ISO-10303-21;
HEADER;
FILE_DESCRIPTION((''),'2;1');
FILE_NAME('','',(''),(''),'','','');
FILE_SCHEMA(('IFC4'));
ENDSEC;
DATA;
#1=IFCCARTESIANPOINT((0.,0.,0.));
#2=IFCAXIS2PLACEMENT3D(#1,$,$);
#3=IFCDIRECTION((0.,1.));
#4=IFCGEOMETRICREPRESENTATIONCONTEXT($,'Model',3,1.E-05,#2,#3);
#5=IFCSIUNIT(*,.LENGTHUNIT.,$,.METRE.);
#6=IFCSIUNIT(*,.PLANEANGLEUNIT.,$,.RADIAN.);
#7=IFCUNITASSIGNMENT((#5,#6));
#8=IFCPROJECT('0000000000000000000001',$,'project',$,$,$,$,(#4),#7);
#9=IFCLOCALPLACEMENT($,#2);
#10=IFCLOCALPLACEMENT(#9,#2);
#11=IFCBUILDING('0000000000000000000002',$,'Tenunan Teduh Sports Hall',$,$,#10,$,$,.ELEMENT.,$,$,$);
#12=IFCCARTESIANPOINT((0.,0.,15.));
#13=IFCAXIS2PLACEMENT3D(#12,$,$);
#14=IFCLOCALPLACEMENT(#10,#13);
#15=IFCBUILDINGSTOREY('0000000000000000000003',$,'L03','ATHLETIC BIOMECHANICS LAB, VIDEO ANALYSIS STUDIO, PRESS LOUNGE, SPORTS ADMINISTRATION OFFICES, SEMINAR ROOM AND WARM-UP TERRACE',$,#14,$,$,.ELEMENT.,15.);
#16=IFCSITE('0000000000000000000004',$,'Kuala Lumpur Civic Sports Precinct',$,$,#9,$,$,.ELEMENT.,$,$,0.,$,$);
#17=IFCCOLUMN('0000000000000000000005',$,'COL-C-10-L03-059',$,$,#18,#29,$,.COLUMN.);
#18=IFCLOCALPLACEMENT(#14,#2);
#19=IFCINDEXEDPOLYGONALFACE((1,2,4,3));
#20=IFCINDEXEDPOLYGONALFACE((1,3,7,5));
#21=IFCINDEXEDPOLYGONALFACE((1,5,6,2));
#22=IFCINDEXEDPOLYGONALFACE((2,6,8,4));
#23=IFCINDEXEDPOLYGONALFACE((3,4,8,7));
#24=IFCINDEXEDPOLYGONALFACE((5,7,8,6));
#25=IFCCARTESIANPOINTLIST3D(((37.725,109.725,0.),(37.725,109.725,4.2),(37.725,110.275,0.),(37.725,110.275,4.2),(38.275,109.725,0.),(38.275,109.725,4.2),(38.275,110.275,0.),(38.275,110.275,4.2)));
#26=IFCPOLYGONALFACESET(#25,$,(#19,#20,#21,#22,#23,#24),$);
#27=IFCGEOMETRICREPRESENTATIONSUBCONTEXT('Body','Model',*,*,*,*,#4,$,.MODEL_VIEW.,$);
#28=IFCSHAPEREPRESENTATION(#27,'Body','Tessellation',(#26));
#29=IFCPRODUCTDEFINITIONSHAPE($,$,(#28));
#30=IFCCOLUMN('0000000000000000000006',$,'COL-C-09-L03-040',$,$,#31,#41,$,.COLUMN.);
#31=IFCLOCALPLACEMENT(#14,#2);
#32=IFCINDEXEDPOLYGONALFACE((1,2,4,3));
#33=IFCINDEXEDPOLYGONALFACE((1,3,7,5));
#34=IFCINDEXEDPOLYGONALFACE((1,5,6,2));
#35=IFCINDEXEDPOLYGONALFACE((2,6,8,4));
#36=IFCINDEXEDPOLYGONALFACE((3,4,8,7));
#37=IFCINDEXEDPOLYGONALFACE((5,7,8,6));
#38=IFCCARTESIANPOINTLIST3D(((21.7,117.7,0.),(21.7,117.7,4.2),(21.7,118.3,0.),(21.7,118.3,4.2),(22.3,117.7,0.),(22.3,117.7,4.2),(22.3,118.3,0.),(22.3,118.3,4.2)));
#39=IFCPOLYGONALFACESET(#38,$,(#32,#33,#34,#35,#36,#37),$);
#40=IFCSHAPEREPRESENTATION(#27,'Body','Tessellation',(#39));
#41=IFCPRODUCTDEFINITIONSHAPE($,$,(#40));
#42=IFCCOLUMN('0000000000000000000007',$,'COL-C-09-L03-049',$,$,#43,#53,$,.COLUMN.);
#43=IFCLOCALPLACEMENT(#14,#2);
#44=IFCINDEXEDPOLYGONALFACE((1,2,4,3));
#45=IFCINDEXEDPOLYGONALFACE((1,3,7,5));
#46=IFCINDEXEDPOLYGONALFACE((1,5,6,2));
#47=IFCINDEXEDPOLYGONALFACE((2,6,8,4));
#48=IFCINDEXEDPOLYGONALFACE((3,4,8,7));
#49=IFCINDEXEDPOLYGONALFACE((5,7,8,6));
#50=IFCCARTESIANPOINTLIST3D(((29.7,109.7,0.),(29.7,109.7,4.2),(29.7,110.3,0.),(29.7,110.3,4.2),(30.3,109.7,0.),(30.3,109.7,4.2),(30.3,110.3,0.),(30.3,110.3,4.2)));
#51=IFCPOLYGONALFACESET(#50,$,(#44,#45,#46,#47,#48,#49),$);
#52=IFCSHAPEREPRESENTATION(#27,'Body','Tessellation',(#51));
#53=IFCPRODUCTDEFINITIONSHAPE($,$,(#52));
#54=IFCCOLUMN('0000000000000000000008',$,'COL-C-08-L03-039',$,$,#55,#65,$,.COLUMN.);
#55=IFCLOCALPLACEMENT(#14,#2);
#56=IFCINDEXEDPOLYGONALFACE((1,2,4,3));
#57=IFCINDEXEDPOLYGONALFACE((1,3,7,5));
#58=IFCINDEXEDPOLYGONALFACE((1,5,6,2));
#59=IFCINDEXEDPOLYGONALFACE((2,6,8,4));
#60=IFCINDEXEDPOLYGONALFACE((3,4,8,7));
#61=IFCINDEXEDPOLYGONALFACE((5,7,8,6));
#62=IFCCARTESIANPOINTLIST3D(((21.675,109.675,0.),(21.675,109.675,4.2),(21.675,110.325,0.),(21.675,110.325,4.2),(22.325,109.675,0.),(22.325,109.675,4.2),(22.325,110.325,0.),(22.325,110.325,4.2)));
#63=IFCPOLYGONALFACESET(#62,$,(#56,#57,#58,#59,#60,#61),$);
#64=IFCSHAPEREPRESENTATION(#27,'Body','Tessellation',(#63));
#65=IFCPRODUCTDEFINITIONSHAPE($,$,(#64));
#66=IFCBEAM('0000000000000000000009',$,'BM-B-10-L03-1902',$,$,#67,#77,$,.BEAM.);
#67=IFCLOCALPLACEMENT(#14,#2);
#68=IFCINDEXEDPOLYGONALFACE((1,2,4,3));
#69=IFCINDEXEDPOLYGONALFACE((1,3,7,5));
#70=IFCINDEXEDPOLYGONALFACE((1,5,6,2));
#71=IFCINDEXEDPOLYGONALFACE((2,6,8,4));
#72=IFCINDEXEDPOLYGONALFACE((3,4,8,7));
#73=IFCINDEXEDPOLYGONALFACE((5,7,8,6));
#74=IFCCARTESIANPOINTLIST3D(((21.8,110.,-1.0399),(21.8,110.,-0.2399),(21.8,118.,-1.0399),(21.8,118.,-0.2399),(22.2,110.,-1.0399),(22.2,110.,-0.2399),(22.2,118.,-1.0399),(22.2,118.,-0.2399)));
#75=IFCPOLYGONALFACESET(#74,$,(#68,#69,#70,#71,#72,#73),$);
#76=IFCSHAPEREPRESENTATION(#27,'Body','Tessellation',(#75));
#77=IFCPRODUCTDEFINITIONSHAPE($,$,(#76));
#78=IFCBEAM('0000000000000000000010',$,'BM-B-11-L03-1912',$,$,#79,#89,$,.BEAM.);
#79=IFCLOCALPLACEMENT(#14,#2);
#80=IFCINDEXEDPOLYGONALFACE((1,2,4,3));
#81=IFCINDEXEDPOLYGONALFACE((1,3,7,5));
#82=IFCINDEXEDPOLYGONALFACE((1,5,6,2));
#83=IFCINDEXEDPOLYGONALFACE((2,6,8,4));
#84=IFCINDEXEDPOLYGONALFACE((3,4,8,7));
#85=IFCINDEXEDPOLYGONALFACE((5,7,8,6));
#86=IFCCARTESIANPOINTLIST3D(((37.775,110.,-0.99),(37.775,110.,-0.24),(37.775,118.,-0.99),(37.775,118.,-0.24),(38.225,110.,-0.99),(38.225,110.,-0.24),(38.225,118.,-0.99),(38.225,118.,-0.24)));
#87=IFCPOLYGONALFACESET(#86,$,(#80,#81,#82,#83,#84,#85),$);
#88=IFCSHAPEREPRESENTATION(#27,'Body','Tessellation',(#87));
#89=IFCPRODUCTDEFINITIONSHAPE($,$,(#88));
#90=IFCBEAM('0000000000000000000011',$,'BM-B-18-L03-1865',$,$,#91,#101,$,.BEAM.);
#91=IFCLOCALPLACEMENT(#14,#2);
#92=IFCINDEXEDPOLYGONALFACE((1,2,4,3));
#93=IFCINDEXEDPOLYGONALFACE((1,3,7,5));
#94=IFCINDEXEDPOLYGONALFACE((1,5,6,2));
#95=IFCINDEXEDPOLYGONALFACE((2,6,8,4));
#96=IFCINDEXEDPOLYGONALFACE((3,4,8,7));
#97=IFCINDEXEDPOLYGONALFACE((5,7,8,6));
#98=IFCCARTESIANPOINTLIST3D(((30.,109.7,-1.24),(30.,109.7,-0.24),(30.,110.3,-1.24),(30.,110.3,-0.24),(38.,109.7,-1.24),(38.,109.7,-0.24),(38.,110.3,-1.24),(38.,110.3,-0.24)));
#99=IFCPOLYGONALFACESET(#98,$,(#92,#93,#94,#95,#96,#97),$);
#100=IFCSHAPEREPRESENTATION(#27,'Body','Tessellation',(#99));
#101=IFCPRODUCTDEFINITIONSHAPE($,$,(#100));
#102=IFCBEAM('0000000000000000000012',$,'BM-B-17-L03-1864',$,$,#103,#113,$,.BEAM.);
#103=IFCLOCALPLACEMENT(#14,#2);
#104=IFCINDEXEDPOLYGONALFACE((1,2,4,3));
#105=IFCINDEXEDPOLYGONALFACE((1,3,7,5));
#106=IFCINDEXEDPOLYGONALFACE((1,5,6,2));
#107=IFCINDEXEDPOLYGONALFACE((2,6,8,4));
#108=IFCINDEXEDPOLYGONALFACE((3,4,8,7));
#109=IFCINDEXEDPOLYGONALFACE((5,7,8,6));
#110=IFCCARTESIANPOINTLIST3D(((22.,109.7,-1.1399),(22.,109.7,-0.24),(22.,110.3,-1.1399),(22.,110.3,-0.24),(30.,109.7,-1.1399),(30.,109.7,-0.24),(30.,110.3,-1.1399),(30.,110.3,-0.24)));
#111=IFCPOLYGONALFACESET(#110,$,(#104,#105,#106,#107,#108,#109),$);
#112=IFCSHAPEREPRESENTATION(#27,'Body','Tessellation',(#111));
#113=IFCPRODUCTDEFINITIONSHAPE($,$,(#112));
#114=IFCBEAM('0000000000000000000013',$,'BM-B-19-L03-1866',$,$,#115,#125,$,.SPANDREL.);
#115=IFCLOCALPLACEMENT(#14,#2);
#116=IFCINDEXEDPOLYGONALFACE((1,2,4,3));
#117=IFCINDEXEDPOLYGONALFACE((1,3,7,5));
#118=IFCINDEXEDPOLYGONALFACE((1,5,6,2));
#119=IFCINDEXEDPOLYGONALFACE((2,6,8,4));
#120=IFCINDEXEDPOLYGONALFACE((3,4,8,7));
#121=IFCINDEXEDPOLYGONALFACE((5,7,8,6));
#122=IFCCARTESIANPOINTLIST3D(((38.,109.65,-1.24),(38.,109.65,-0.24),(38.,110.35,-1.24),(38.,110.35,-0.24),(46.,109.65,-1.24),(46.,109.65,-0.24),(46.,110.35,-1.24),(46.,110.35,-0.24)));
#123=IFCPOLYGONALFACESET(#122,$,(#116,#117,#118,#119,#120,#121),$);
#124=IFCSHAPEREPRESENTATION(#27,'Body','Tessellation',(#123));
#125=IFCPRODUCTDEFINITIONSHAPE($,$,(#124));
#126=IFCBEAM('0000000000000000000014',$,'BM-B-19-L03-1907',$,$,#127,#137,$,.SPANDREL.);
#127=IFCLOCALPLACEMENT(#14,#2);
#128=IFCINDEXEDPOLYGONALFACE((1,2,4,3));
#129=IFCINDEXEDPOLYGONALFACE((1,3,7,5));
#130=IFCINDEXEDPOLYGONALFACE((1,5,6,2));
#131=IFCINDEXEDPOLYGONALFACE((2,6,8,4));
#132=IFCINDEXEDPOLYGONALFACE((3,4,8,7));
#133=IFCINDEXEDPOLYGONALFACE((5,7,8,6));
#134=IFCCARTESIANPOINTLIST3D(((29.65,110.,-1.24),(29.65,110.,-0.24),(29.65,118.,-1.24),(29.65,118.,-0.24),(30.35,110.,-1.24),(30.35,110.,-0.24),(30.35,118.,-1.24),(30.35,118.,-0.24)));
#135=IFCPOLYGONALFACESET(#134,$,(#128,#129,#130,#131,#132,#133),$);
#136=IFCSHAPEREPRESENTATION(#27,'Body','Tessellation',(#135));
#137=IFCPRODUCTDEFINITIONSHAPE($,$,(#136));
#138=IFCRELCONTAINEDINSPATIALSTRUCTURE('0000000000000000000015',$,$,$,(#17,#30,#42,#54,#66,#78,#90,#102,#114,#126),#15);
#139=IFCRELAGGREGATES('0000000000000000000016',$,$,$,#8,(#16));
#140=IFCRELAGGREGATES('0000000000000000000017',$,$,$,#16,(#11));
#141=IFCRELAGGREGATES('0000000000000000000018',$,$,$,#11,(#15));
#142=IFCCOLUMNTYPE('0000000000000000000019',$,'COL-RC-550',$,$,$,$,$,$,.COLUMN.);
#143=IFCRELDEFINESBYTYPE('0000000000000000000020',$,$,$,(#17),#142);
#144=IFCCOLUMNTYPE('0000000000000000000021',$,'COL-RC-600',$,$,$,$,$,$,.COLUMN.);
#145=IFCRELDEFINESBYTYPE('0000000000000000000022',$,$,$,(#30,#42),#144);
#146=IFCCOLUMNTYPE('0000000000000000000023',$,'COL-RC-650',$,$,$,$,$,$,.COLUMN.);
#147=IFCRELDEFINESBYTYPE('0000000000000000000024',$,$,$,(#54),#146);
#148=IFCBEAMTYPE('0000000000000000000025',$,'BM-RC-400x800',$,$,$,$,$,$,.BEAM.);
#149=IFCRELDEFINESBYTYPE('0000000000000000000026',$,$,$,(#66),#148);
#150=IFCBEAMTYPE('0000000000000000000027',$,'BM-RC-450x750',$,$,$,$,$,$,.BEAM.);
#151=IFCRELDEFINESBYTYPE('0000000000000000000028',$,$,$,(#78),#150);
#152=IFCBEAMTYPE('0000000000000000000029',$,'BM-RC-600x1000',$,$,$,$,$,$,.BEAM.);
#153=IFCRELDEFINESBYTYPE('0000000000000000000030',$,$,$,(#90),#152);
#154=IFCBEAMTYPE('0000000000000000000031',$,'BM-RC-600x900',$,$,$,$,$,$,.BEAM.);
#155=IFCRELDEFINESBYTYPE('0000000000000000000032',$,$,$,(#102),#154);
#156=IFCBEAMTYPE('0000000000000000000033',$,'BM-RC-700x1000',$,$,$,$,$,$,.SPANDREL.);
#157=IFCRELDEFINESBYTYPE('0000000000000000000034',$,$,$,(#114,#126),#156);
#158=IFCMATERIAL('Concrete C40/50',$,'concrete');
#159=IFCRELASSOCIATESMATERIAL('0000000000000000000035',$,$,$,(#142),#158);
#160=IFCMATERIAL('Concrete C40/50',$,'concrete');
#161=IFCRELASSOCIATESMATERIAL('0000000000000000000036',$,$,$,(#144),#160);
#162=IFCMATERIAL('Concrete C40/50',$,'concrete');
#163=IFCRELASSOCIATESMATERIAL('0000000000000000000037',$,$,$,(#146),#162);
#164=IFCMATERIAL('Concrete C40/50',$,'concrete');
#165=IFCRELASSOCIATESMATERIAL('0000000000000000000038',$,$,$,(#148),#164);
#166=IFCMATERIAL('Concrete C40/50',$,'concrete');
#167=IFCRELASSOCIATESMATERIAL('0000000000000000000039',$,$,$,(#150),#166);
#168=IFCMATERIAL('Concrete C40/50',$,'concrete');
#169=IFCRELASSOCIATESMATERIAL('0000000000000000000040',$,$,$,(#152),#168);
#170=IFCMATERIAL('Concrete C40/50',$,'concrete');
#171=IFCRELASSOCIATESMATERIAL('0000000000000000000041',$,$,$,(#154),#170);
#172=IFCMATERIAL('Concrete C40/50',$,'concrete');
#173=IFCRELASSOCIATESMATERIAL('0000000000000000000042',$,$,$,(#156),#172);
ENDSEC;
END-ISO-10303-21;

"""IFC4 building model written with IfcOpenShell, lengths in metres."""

from ifc_helpers import new_model, si_unit, direction, frame, origin, origin_2d, place, context, subcontext, project, spatial, rectangle, extrude, material, material_profile, profile_set, type_object, element, save


model = new_model("IFC4")

# Units and contexts
model_context = context("Model", 3, precision=1e-05, world=origin(), true_north=direction((0.0, 1.0)))
body_context = subcontext(model_context, "Body", "Model", "MODEL_VIEW")
ifc_project = project(units=[si_unit("LENGTHUNIT", "METRE"), si_unit("PLANEANGLEUNIT", "RADIAN")], contexts=[model_context])

# Site, building, storey
site_placement = place(None, origin())
site = spatial("IfcSite", under=ifc_project, at=site_placement, Name="Kuala Lumpur Civic Sports Precinct", CompositionType="ELEMENT", RefElevation=0.0)
building_placement = place(site_placement, origin())
building = spatial("IfcBuilding", under=site, at=building_placement, Name="Tenunan Teduh Sports Hall", CompositionType="ELEMENT")
storey_placement = place(building_placement, frame((0.0, 0.0, 15.0)))
storey = spatial("IfcBuildingStorey", under=building, at=storey_placement, Name="L03", Description="ATHLETIC BIOMECHANICS LAB, VIDEO ANALYSIS STUDIO, PRESS LOUNGE, SPORTS ADMINISTRATION OFFICES, SEMINAR ROOM AND WARM-UP TERRACE", CompositionType="ELEMENT", Elevation=15.0)

# Columns
ifc_material_1 = material(Name="Concrete C40/50", Category="concrete")
ifc_material_profile_1 = material_profile(ifc_material_1, rectangle(XDim=0.55, YDim=0.55, at=origin_2d()), Name="RC 550x550")
ifc_profile_set_1 = profile_set([ifc_material_profile_1], Name="Concrete C40/50")
column_type_1 = type_object("IfcColumnType", Name="COL-RC-550", PredefinedType="COLUMN", material=ifc_profile_set_1)
column_1_placement = place(storey_placement, frame((38.0, 110.0, 0.0), z_axis=(0.0, 0.0, 1.0), x_axis=(1.0, 0.0, 0.0)))
element("IfcColumn", 1, at=column_1_placement, inside=storey, type_object=column_type_1, Name="COL-C-10-L03-059", PredefinedType="COLUMN", context=body_context, shape_type="SweptSolid", body=[
    extrude(rectangle(XDim=0.55, YDim=0.55, at=origin_2d()), origin(), (0.0, 0.0, 1.0), 4.2),
])
ifc_material_2 = material(Name="Concrete C40/50", Category="concrete")
ifc_material_profile_2 = material_profile(ifc_material_2, rectangle(XDim=0.6001, YDim=0.6001, at=origin_2d()), Name="RC 600x600")
ifc_profile_set_2 = profile_set([ifc_material_profile_2], Name="Concrete C40/50")
column_type_2 = type_object("IfcColumnType", Name="COL-RC-600", PredefinedType="COLUMN", material=ifc_profile_set_2)
for number, where, z_axis, x_axis, name in (
    (2, (22.0, 118.0, 0.0), (0.0, 0.0, 1.0), (1.0, 0.0, 0.0), "COL-C-09-L03-040"),
    (3, (30.0, 110.0, 0.0), (0.0, 0.0, 1.0), (1.0, 0.0, 0.0), "COL-C-09-L03-049"),
):
    element("IfcColumn", number, at=place(storey_placement, frame(where, z_axis=z_axis, x_axis=x_axis)), inside=storey, type_object=column_type_2, Name=name, PredefinedType="COLUMN", context=body_context, shape_type="SweptSolid", body=[
        extrude(rectangle(XDim=0.6001, YDim=0.6001, at=origin_2d()), origin(), (0.0, 0.0, 1.0), 4.2),
    ])
ifc_material_3 = material(Name="Concrete C40/50", Category="concrete")
ifc_material_profile_3 = material_profile(ifc_material_3, rectangle(XDim=0.6499, YDim=0.6499, at=origin_2d()), Name="RC 650x650")
ifc_profile_set_3 = profile_set([ifc_material_profile_3], Name="Concrete C40/50")
column_type_3 = type_object("IfcColumnType", Name="COL-RC-650", PredefinedType="COLUMN", material=ifc_profile_set_3)
column_2_placement = place(storey_placement, frame((22.0, 110.0, 0.0), z_axis=(0.0, 0.0, 1.0), x_axis=(1.0, 0.0, 0.0)))
element("IfcColumn", 4, at=column_2_placement, inside=storey, type_object=column_type_3, Name="COL-C-08-L03-039", PredefinedType="COLUMN", context=body_context, shape_type="SweptSolid", body=[
    extrude(rectangle(XDim=0.6499, YDim=0.6499, at=origin_2d()), origin(), (0.0, 0.0, 1.0), 4.2),
])

# Beams
ifc_material_4 = material(Name="Concrete C40/50", Category="concrete")
ifc_material_profile_4 = material_profile(ifc_material_4, rectangle(XDim=0.3999, YDim=0.8, at=origin_2d()), Name="RCB 400x800")
ifc_profile_set_4 = profile_set([ifc_material_profile_4], Name="Concrete C40/50")
beam_type_1 = type_object("IfcBeamType", Name="BM-RC-400x800", PredefinedType="BEAM", material=ifc_profile_set_4)
beam_1_placement = place(storey_placement, frame((22.0, 110.0, -0.6399), z_axis=(0.0, 1.0, 0.0), x_axis=(-1.0, 0.0, 0.0)))
element("IfcBeam", 5, at=beam_1_placement, inside=storey, type_object=beam_type_1, Name="BM-B-10-L03-1902", PredefinedType="BEAM", context=body_context, shape_type="SweptSolid", body=[
    extrude(rectangle(XDim=0.3999, YDim=0.8, at=origin_2d()), origin(), (0.0, 0.0, 1.0), 8.0),
])
ifc_material_5 = material(Name="Concrete C40/50", Category="concrete")
ifc_material_profile_5 = material_profile(ifc_material_5, rectangle(XDim=0.45, YDim=0.75, at=origin_2d()), Name="RCB 450x750")
ifc_profile_set_5 = profile_set([ifc_material_profile_5], Name="Concrete C40/50")
beam_type_2 = type_object("IfcBeamType", Name="BM-RC-450x750", PredefinedType="BEAM", material=ifc_profile_set_5)
beam_2_placement = place(storey_placement, frame((38.0, 110.0, -0.615), z_axis=(0.0, 1.0, 0.0), x_axis=(-1.0, 0.0, 0.0)))
element("IfcBeam", 6, at=beam_2_placement, inside=storey, type_object=beam_type_2, Name="BM-B-11-L03-1912", PredefinedType="BEAM", context=body_context, shape_type="SweptSolid", body=[
    extrude(rectangle(XDim=0.45, YDim=0.75, at=origin_2d()), origin(), (0.0, 0.0, 1.0), 8.0),
])
ifc_material_6 = material(Name="Concrete C40/50", Category="concrete")
ifc_material_profile_6 = material_profile(ifc_material_6, rectangle(XDim=0.6001, YDim=1.0, at=origin_2d()), Name="RCB 600x1000")
ifc_profile_set_6 = profile_set([ifc_material_profile_6], Name="Concrete C40/50")
beam_type_3 = type_object("IfcBeamType", Name="BM-RC-600x1000", PredefinedType="BEAM", material=ifc_profile_set_6)
beam_3_placement = place(storey_placement, frame((30.0, 110.0, -0.74), z_axis=(1.0, 0.0, 0.0), x_axis=(0.0, 1.0, 0.0)))
element("IfcBeam", 7, at=beam_3_placement, inside=storey, type_object=beam_type_3, Name="BM-B-18-L03-1865", PredefinedType="BEAM", context=body_context, shape_type="SweptSolid", body=[
    extrude(rectangle(XDim=0.6001, YDim=1.0, at=origin_2d()), origin(), (0.0, 0.0, 1.0), 8.0),
])
ifc_material_7 = material(Name="Concrete C40/50", Category="concrete")
ifc_material_profile_7 = material_profile(ifc_material_7, rectangle(XDim=0.6001, YDim=0.8999, at=origin_2d()), Name="RCB 600x900")
ifc_profile_set_7 = profile_set([ifc_material_profile_7], Name="Concrete C40/50")
beam_type_4 = type_object("IfcBeamType", Name="BM-RC-600x900", PredefinedType="BEAM", material=ifc_profile_set_7)
beam_4_placement = place(storey_placement, frame((22.0, 110.0, -0.6899), z_axis=(1.0, 0.0, 0.0), x_axis=(0.0, 1.0, 0.0)))
element("IfcBeam", 8, at=beam_4_placement, inside=storey, type_object=beam_type_4, Name="BM-B-17-L03-1864", PredefinedType="BEAM", context=body_context, shape_type="SweptSolid", body=[
    extrude(rectangle(XDim=0.6001, YDim=0.8999, at=origin_2d()), origin(), (0.0, 0.0, 1.0), 8.0),
])
ifc_material_8 = material(Name="Concrete C40/50", Category="concrete")
ifc_material_profile_8 = material_profile(ifc_material_8, rectangle(XDim=0.7, YDim=1.0, at=origin_2d()), Name="RCB 700x1000")
ifc_profile_set_8 = profile_set([ifc_material_profile_8], Name="Concrete C40/50")
beam_type_5 = type_object("IfcBeamType", Name="BM-RC-700x1000", PredefinedType="SPANDREL", material=ifc_profile_set_8)
for number, where, z_axis, x_axis, name in (
    (9, (38.0, 110.0, -0.74), (1.0, 0.0, 0.0), (0.0, 1.0, 0.0), "BM-B-19-L03-1866"),
    (10, (30.0, 110.0, -0.74), (0.0, 1.0, 0.0), (-1.0, 0.0, 0.0), "BM-B-19-L03-1907"),
):
    element("IfcBeam", number, at=place(storey_placement, frame(where, z_axis=z_axis, x_axis=x_axis)), inside=storey, type_object=beam_type_5, Name=name, PredefinedType="SPANDREL", context=body_context, shape_type="SweptSolid", body=[
        extrude(rectangle(XDim=0.7, YDim=1.0, at=origin_2d()), origin(), (0.0, 0.0, 1.0), 8.0),
    ])

save(model, "model.ifc")
